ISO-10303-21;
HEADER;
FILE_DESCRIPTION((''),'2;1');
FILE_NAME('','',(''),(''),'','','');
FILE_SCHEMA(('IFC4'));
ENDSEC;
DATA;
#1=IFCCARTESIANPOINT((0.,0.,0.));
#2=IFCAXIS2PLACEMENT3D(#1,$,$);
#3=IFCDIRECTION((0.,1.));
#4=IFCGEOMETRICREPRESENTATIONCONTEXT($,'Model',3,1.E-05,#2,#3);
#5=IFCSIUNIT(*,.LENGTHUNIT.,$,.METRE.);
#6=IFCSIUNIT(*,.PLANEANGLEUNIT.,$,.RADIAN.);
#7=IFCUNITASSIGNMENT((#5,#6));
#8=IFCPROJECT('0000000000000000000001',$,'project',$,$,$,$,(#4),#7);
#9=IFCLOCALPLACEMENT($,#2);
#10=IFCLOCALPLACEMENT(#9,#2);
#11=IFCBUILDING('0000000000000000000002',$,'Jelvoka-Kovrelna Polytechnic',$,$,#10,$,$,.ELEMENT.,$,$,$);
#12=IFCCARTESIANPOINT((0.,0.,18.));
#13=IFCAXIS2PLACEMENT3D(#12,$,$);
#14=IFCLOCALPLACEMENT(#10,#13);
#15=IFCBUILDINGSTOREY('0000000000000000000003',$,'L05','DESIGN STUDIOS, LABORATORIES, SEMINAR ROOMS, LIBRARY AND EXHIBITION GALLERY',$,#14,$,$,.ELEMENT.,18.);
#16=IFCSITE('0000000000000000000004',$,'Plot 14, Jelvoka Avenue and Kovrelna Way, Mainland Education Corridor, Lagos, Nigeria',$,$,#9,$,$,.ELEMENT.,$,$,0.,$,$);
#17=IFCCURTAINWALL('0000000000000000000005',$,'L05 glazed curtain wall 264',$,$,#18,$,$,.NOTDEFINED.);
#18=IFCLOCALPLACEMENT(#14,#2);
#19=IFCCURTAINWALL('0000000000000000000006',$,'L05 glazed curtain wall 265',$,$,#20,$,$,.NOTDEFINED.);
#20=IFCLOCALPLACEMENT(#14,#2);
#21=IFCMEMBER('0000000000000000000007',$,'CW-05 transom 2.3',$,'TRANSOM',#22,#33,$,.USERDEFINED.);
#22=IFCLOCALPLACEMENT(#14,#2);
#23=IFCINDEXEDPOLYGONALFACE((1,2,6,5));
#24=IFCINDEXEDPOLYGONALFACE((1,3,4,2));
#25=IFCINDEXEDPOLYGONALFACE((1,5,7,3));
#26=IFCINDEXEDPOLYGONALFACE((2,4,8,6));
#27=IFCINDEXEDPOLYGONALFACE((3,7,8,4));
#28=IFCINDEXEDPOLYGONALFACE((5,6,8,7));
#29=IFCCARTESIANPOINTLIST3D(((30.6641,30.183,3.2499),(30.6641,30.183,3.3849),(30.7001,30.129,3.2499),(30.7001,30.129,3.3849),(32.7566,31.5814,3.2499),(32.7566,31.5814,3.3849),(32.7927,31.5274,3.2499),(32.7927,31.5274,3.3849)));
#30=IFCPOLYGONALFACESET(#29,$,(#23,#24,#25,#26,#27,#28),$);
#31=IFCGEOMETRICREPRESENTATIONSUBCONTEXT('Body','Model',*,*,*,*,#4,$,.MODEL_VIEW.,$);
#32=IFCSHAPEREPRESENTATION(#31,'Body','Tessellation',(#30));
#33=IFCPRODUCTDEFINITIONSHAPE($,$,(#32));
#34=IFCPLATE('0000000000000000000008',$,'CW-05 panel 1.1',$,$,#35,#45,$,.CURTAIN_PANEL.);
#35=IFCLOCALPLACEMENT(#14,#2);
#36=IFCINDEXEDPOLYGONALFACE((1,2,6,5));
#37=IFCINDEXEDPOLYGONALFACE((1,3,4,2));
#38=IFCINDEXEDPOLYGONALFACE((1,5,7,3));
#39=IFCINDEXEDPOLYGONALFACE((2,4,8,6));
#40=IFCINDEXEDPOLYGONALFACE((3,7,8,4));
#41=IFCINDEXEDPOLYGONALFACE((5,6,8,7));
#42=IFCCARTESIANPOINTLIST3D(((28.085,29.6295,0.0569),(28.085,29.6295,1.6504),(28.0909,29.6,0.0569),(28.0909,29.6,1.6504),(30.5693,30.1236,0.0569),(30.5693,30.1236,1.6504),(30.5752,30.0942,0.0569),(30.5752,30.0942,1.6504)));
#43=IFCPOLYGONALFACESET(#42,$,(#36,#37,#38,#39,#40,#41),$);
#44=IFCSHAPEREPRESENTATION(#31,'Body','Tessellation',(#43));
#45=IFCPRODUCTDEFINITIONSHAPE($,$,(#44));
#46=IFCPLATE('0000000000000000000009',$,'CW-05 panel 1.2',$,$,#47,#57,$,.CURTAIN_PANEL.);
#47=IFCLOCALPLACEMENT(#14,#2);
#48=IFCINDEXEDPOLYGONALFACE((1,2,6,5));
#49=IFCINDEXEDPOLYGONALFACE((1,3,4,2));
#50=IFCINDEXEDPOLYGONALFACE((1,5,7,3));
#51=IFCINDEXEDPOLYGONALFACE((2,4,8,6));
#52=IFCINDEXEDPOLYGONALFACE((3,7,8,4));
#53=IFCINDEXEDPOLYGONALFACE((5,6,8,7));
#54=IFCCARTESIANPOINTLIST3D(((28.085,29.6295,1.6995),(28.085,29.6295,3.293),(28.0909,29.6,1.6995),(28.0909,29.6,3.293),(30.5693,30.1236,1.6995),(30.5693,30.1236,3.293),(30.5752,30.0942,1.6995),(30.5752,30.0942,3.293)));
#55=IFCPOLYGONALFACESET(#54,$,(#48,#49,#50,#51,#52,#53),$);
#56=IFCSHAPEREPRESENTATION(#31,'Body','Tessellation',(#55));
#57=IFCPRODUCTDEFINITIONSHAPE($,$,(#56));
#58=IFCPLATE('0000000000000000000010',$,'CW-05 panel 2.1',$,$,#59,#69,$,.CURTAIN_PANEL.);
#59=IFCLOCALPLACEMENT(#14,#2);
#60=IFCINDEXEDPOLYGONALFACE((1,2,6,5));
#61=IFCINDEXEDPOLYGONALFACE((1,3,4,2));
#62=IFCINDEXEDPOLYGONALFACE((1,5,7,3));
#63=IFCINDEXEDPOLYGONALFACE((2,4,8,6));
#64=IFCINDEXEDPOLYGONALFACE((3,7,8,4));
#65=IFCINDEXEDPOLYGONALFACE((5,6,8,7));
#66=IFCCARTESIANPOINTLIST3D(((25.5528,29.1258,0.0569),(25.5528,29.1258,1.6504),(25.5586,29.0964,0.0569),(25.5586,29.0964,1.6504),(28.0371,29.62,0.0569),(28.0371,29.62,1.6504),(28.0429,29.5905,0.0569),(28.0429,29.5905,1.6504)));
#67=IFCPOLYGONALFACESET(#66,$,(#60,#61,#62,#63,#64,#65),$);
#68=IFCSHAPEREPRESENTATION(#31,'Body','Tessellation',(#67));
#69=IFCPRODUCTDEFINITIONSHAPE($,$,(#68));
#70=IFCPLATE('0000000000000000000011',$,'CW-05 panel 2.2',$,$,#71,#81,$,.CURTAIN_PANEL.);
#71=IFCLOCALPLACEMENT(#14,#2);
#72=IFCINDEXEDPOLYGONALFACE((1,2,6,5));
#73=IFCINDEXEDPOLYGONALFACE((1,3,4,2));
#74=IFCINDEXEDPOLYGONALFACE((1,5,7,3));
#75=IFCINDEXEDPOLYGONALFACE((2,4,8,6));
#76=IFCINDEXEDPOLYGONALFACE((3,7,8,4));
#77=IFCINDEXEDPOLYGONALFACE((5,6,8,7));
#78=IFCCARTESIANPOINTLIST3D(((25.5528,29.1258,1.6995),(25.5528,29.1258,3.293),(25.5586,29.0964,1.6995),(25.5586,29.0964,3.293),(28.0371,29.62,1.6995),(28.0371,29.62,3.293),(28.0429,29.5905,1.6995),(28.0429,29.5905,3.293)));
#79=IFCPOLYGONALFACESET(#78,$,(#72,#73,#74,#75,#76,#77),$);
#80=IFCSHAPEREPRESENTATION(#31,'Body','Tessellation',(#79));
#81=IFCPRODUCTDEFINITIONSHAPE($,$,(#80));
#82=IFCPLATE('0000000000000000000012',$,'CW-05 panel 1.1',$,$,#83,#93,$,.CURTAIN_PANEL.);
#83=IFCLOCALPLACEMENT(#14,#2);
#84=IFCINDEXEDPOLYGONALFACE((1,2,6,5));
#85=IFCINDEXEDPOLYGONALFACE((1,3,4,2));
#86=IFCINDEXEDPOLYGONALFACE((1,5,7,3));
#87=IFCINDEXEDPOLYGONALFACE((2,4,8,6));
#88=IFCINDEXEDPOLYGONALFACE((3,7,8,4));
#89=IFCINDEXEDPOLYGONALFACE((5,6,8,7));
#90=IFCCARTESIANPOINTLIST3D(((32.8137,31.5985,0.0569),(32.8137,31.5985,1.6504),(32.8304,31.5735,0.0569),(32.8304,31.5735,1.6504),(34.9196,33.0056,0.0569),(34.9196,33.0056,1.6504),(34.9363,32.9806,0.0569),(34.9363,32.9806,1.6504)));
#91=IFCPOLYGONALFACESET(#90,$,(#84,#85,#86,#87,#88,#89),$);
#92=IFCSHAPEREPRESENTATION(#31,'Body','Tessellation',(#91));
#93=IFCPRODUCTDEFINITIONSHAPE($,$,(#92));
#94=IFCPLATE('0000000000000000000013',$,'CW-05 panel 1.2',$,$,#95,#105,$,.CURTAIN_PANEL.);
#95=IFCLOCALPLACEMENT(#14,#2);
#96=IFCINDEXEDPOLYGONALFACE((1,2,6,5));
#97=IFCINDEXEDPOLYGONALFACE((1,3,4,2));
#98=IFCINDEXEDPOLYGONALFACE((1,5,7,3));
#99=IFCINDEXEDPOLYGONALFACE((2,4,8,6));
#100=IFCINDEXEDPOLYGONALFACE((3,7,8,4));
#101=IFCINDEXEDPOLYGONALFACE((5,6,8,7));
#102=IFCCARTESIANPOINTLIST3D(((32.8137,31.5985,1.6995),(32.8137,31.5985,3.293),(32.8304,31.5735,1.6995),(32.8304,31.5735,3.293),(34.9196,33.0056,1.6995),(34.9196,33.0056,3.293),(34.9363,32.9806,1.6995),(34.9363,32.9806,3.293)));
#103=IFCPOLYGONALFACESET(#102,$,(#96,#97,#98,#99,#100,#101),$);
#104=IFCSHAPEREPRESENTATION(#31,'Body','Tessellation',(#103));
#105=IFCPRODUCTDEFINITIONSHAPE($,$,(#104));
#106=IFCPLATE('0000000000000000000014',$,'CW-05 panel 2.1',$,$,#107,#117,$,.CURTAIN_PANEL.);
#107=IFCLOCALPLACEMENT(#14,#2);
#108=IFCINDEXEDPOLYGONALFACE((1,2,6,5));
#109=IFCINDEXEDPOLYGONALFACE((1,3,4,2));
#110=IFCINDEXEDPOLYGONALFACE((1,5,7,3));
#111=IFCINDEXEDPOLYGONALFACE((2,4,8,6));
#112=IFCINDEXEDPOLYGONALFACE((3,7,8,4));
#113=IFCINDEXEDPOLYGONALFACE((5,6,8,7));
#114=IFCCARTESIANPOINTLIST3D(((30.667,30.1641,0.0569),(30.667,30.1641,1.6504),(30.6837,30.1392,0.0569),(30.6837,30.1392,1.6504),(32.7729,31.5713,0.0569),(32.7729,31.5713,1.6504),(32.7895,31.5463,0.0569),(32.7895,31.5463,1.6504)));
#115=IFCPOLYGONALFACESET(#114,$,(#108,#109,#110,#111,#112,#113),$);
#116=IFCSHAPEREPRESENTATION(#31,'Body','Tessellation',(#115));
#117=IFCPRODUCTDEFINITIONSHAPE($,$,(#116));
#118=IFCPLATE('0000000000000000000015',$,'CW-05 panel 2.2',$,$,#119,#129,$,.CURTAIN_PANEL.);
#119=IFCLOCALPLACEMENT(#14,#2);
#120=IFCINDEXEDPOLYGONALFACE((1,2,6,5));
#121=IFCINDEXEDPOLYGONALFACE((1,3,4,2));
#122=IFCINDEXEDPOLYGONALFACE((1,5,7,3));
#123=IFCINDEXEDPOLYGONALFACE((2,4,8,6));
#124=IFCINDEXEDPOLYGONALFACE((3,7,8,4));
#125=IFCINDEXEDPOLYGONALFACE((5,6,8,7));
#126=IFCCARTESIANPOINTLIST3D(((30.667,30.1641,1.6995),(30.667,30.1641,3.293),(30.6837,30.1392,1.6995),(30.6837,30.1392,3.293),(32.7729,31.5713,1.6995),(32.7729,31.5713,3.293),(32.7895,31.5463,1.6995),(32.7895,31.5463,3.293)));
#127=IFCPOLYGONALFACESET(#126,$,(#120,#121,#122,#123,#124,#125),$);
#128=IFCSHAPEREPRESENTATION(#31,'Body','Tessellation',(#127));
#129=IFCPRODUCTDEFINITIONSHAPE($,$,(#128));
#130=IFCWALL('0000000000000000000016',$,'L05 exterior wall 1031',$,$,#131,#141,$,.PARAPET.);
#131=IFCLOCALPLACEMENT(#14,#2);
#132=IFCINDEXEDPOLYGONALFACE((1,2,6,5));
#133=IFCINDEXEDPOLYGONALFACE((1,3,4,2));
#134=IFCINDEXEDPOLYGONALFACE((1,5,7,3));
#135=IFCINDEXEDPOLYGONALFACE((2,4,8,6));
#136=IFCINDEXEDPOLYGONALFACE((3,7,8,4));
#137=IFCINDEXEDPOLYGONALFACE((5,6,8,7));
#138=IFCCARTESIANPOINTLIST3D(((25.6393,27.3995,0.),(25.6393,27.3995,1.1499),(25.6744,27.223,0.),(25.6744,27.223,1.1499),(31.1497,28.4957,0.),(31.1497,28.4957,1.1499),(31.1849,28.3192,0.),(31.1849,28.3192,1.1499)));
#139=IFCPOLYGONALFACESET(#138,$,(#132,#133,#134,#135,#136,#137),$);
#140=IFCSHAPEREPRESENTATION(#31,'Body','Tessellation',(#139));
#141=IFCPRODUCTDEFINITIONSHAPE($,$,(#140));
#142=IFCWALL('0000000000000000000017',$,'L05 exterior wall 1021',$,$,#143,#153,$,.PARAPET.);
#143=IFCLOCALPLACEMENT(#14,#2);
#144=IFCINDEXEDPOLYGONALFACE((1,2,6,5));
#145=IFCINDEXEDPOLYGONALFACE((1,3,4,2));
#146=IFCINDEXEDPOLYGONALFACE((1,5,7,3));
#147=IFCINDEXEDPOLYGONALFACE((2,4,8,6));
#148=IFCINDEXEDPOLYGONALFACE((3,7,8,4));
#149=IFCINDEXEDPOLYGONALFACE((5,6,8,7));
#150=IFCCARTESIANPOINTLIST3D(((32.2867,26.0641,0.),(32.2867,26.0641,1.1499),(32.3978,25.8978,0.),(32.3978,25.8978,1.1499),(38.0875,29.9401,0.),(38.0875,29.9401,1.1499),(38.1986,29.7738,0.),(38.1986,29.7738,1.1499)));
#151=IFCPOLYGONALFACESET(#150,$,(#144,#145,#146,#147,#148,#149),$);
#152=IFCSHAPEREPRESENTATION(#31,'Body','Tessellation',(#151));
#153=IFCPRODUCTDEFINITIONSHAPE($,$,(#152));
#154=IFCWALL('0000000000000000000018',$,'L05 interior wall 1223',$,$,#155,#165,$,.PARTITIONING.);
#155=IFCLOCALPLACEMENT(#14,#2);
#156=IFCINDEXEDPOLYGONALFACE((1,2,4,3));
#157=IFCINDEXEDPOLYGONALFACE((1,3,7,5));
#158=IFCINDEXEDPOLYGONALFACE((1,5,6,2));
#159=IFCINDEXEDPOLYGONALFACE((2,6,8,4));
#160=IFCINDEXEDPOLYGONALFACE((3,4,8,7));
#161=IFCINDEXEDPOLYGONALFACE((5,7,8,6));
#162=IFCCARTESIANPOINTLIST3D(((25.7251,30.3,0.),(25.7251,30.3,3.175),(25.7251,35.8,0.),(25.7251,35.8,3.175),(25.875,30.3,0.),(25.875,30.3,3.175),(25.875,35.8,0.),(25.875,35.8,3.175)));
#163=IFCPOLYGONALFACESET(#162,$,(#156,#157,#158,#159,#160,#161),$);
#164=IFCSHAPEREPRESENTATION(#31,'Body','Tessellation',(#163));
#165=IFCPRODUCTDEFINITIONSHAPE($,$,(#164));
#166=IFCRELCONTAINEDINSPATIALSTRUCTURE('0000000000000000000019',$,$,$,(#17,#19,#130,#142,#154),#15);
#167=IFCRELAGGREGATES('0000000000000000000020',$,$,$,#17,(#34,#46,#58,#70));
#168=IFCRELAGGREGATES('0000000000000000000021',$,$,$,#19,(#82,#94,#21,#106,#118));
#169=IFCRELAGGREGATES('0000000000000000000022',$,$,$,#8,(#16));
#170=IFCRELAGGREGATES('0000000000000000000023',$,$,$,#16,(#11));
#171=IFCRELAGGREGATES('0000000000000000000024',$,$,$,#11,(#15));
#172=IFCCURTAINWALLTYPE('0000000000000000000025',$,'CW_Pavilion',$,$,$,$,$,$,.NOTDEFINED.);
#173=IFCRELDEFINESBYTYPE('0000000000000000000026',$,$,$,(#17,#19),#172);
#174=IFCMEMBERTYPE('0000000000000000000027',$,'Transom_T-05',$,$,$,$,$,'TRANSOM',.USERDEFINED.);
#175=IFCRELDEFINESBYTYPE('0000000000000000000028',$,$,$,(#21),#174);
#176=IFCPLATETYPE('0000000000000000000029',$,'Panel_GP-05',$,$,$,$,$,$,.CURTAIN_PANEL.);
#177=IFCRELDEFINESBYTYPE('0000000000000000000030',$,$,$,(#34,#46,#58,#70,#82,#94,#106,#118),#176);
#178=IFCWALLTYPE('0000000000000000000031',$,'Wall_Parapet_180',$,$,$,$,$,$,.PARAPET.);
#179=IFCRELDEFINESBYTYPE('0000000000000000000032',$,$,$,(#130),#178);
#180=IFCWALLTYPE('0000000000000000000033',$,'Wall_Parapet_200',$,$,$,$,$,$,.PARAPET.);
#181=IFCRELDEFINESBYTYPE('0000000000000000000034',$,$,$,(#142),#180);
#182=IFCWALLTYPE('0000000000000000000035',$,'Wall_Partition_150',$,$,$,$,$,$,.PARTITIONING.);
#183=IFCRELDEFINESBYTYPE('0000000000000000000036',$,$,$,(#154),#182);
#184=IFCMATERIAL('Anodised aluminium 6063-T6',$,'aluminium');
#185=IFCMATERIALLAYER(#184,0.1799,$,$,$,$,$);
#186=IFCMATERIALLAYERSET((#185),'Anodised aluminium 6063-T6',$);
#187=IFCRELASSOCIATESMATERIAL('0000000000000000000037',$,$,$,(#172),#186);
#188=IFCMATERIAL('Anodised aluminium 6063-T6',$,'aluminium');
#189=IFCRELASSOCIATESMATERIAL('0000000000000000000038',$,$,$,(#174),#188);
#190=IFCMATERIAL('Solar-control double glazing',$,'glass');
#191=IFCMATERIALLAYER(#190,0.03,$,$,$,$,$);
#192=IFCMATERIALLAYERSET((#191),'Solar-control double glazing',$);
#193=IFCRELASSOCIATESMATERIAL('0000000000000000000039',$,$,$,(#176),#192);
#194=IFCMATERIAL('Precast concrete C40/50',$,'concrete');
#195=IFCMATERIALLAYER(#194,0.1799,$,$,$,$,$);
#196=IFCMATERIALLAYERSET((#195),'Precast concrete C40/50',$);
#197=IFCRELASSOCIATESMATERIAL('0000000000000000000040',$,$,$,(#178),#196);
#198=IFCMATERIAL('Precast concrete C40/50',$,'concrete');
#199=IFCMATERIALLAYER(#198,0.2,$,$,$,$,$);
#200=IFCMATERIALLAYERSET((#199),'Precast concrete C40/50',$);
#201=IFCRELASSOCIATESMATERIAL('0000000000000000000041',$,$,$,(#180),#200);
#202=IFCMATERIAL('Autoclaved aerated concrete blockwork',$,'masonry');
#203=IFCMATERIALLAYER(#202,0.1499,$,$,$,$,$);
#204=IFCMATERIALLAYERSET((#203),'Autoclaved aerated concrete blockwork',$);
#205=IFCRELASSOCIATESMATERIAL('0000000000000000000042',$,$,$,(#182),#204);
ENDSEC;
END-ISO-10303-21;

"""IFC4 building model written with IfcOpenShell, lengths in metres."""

from ifc_helpers import new_model, si_unit, direction, frame, frame_2d, origin, origin_2d, place, context, subcontext, project, spatial, rectangle, extrude, material, layer, layer_set, material_profile, profile_set, type_object, element, aggregate, save


model = new_model("IFC4")

# Units and contexts
model_context = context("Model", 3, precision=1e-05, world=origin(), true_north=direction((0.0, 1.0)))
body_context = subcontext(model_context, "Body", "Model", "MODEL_VIEW")
ifc_project = project(units=[si_unit("LENGTHUNIT", "METRE"), si_unit("PLANEANGLEUNIT", "RADIAN")], contexts=[model_context])

# Site, building, storey
site_placement = place(None, origin())
site = spatial("IfcSite", under=ifc_project, at=site_placement, Name="Plot 14, Jelvoka Avenue and Kovrelna Way, Mainland Education Corridor, Lagos, Nigeria", CompositionType="ELEMENT", RefElevation=0.0)
building_placement = place(site_placement, origin())
building = spatial("IfcBuilding", under=site, at=building_placement, Name="Jelvoka-Kovrelna Polytechnic", CompositionType="ELEMENT")
storey_placement = place(building_placement, frame((0.0, 0.0, 18.0)))
storey = spatial("IfcBuildingStorey", under=building, at=storey_placement, Name="L05", Description="DESIGN STUDIOS, LABORATORIES, SEMINAR ROOMS, LIBRARY AND EXHIBITION GALLERY", CompositionType="ELEMENT", Elevation=18.0)

# Curtain walls
ifc_material_1 = material(Name="Anodised aluminium 6063-T6", Category="aluminium")
ifc_layer_1 = layer(ifc_material_1, 0.1799)
ifc_layer_set_1 = layer_set([ifc_layer_1], Name="Anodised aluminium 6063-T6")
curtain_wall_type = type_object("IfcCurtainWallType", Name="CW_Pavilion", PredefinedType="NOTDEFINED", material=ifc_layer_set_1)
curtain_wall_1_placement = place(storey_placement, origin())
curtain_wall_1 = element("IfcCurtainWall", 1, at=curtain_wall_1_placement, inside=storey, type_object=curtain_wall_type, Name="L05 glazed curtain wall 264", PredefinedType="NOTDEFINED")
curtain_wall_2_placement = place(storey_placement, origin())
curtain_wall_2 = element("IfcCurtainWall", 2, at=curtain_wall_2_placement, inside=storey, type_object=curtain_wall_type, Name="L05 glazed curtain wall 265", PredefinedType="NOTDEFINED")

# Member
ifc_material_2 = material(Name="Anodised aluminium 6063-T6", Category="aluminium")
ifc_material_profile_1 = material_profile(ifc_material_2, rectangle(XDim=0.0649, YDim=0.135, at=origin_2d()), Name="ALU 65x135")
ifc_profile_set_1 = profile_set([ifc_material_profile_1], Name="Anodised aluminium 6063-T6")
member_type_1 = type_object("IfcMemberType", Name="Transom_T-05", ElementType="TRANSOM", PredefinedType="USERDEFINED", material=ifc_profile_set_1)
member_1_placement = place(storey_placement, frame((32.7747, 31.5544, 3.3174), z_axis=(-0.831423, -0.55564, 0.0), x_axis=(0.55564, -0.831423, 0.0)))
member_1 = element("IfcMember", 3, at=member_1_placement, type_object=member_type_1, Name="CW-05 transom 2.3", ObjectType="TRANSOM", PredefinedType="USERDEFINED", context=body_context, shape_type="SweptSolid", body=[
    extrude(rectangle(XDim=0.0649, YDim=0.135, at=origin_2d()), origin(), (0.0, 0.0, 1.0), 2.5168),
])

# Plates
ifc_material_3 = material(Name="Solar-control double glazing", Category="glass")
ifc_layer_2 = layer(ifc_material_3, 0.03)
ifc_layer_set_2 = layer_set([ifc_layer_2], Name="Solar-control double glazing")
plate_type = type_object("IfcPlateType", Name="Panel_GP-05", PredefinedType="CURTAIN_PANEL", material=ifc_layer_set_2)
plate_1_placement = place(storey_placement, frame((29.3301, 29.8618, 0.0569), z_axis=(0.0, 0.0, 1.0), x_axis=(-0.980786, -0.195086, 0.0)))
plate_1 = element("IfcPlate", 4, at=plate_1_placement, type_object=plate_type, Name="CW-05 panel 1.1", PredefinedType="CURTAIN_PANEL", context=body_context, shape_type="SweptSolid", body=[
    extrude(rectangle(XDim=2.533, YDim=0.03, at=origin_2d()), origin(), (0.0, 0.0, 1.0), 1.5935),
])
plate_2_placement = place(storey_placement, frame((29.3301, 29.8618, 1.6995), z_axis=(0.0, 0.0, 1.0), x_axis=(-0.980786, -0.195086, 0.0)))
plate_2 = element("IfcPlate", 5, at=plate_2_placement, type_object=plate_type, Name="CW-05 panel 1.2", PredefinedType="CURTAIN_PANEL", context=body_context, shape_type="SweptSolid", body=[
    extrude(rectangle(XDim=2.533, YDim=0.03, at=origin_2d()), origin(), (0.0, 0.0, 1.0), 1.5935),
])
plate_3_placement = place(storey_placement, frame((26.7979, 29.3582, 0.0569), z_axis=(0.0, 0.0, 1.0), x_axis=(-0.980786, -0.195086, 0.0)))
plate_3 = element("IfcPlate", 6, at=plate_3_placement, type_object=plate_type, Name="CW-05 panel 2.1", PredefinedType="CURTAIN_PANEL", context=body_context, shape_type="SweptSolid", body=[
    extrude(rectangle(XDim=2.533, YDim=0.03, at=origin_2d()), origin(), (0.0, 0.0, 1.0), 1.5935),
])
plate_4_placement = place(storey_placement, frame((26.7979, 29.3582, 1.6995), z_axis=(0.0, 0.0, 1.0), x_axis=(-0.980786, -0.195086, 0.0)))
plate_4 = element("IfcPlate", 7, at=plate_4_placement, type_object=plate_type, Name="CW-05 panel 2.2", PredefinedType="CURTAIN_PANEL", context=body_context, shape_type="SweptSolid", body=[
    extrude(rectangle(XDim=2.533, YDim=0.03, at=origin_2d()), origin(), (0.0, 0.0, 1.0), 1.5935),
])
aggregate(curtain_wall_1, [plate_1, plate_2, plate_3, plate_4])
plate_5_placement = place(storey_placement, frame((33.875, 32.2896, 0.0569), z_axis=(0.0, 0.0, 1.0), x_axis=(-0.831461, -0.555583, 0.0)))
plate_5 = element("IfcPlate", 8, at=plate_5_placement, type_object=plate_type, Name="CW-05 panel 1.1", PredefinedType="CURTAIN_PANEL", context=body_context, shape_type="SweptSolid", body=[
    extrude(rectangle(XDim=2.5327, YDim=0.03, at=origin_2d()), origin(), (0.0, 0.0, 1.0), 1.5935),
])
plate_6_placement = place(storey_placement, frame((33.875, 32.2896, 1.6995), z_axis=(0.0, 0.0, 1.0), x_axis=(-0.831461, -0.555583, 0.0)))
plate_6 = element("IfcPlate", 9, at=plate_6_placement, type_object=plate_type, Name="CW-05 panel 1.2", PredefinedType="CURTAIN_PANEL", context=body_context, shape_type="SweptSolid", body=[
    extrude(rectangle(XDim=2.5327, YDim=0.03, at=origin_2d()), origin(), (0.0, 0.0, 1.0), 1.5935),
])
plate_7_placement = place(storey_placement, frame((31.7283, 30.8552, 0.0569), z_axis=(0.0, 0.0, 1.0), x_axis=(-0.831461, -0.555583, 0.0)))
plate_7 = element("IfcPlate", 10, at=plate_7_placement, type_object=plate_type, Name="CW-05 panel 2.1", PredefinedType="CURTAIN_PANEL", context=body_context, shape_type="SweptSolid", body=[
    extrude(rectangle(XDim=2.5327, YDim=0.03, at=origin_2d()), origin(), (0.0, 0.0, 1.0), 1.5935),
])
plate_8_placement = place(storey_placement, frame((31.7283, 30.8552, 1.6995), z_axis=(0.0, 0.0, 1.0), x_axis=(-0.831461, -0.555583, 0.0)))
plate_8 = element("IfcPlate", 11, at=plate_8_placement, type_object=plate_type, Name="CW-05 panel 2.2", PredefinedType="CURTAIN_PANEL", context=body_context, shape_type="SweptSolid", body=[
    extrude(rectangle(XDim=2.5327, YDim=0.03, at=origin_2d()), origin(), (0.0, 0.0, 1.0), 1.5935),
])
aggregate(curtain_wall_2, [plate_5, plate_6, member_1, plate_7, plate_8])

# Walls
ifc_material_4 = material(Name="Precast concrete C40/50", Category="concrete")
ifc_layer_3 = layer(ifc_material_4, 0.1799)
ifc_layer_set_3 = layer_set([ifc_layer_3], Name="Precast concrete C40/50")
wall_type_1 = type_object("IfcWallType", Name="Wall_Parapet_180", PredefinedType="PARAPET", material=ifc_layer_set_3)
wall_1_placement = place(storey_placement, frame((25.657, 27.3113, 0.0), z_axis=(0.0, 0.0, 1.0), x_axis=(0.980782, 0.195105, 0.0)))
element("IfcWall", 12, at=wall_1_placement, inside=storey, type_object=wall_type_1, Name="L05 exterior wall 1031", PredefinedType="PARAPET", context=body_context, shape_type="SweptSolid", body=[
    extrude(rectangle(XDim=5.6184, YDim=0.1799, at=frame_2d((2.8091, 0.0))), origin(), (0.0, 0.0, 1.0), 1.1499),
])
ifc_material_5 = material(Name="Precast concrete C40/50", Category="concrete")
ifc_layer_4 = layer(ifc_material_5, 0.2)
ifc_layer_set_4 = layer_set([ifc_layer_4], Name="Precast concrete C40/50")
wall_type_2 = type_object("IfcWallType", Name="Wall_Parapet_200", PredefinedType="PARAPET", material=ifc_layer_set_4)
wall_2_placement = place(storey_placement, frame((32.3423, 25.981, 0.0), z_axis=(0.0, 0.0, 1.0), x_axis=(0.831468, 0.555572, 0.0)))
element("IfcWall", 13, at=wall_2_placement, inside=storey, type_object=wall_type_2, Name="L05 exterior wall 1021", PredefinedType="PARAPET", context=body_context, shape_type="SweptSolid", body=[
    extrude(rectangle(XDim=6.9766, YDim=0.2, at=frame_2d((3.4883, 0.0))), origin(), (0.0, 0.0, 1.0), 1.1499),
])
ifc_material_6 = material(Name="Autoclaved aerated concrete blockwork", Category="masonry")
ifc_layer_5 = layer(ifc_material_6, 0.1499)
ifc_layer_set_5 = layer_set([ifc_layer_5], Name="Autoclaved aerated concrete blockwork")
wall_type_3 = type_object("IfcWallType", Name="Wall_Partition_150", PredefinedType="PARTITIONING", material=ifc_layer_set_5)
wall_3_placement = place(storey_placement, frame((25.8, 30.3, 0.0), z_axis=(0.0, 0.0, 1.0), x_axis=(0.0, 1.0, 0.0)))
element("IfcWall", 14, at=wall_3_placement, inside=storey, type_object=wall_type_3, Name="L05 interior wall 1223", PredefinedType="PARTITIONING", context=body_context, shape_type="SweptSolid", body=[
    extrude(rectangle(XDim=5.5, YDim=0.1499, at=frame_2d((2.75, 0.0))), origin(), (0.0, 0.0, 1.0), 3.175),
])

save(model, "model.ifc")
